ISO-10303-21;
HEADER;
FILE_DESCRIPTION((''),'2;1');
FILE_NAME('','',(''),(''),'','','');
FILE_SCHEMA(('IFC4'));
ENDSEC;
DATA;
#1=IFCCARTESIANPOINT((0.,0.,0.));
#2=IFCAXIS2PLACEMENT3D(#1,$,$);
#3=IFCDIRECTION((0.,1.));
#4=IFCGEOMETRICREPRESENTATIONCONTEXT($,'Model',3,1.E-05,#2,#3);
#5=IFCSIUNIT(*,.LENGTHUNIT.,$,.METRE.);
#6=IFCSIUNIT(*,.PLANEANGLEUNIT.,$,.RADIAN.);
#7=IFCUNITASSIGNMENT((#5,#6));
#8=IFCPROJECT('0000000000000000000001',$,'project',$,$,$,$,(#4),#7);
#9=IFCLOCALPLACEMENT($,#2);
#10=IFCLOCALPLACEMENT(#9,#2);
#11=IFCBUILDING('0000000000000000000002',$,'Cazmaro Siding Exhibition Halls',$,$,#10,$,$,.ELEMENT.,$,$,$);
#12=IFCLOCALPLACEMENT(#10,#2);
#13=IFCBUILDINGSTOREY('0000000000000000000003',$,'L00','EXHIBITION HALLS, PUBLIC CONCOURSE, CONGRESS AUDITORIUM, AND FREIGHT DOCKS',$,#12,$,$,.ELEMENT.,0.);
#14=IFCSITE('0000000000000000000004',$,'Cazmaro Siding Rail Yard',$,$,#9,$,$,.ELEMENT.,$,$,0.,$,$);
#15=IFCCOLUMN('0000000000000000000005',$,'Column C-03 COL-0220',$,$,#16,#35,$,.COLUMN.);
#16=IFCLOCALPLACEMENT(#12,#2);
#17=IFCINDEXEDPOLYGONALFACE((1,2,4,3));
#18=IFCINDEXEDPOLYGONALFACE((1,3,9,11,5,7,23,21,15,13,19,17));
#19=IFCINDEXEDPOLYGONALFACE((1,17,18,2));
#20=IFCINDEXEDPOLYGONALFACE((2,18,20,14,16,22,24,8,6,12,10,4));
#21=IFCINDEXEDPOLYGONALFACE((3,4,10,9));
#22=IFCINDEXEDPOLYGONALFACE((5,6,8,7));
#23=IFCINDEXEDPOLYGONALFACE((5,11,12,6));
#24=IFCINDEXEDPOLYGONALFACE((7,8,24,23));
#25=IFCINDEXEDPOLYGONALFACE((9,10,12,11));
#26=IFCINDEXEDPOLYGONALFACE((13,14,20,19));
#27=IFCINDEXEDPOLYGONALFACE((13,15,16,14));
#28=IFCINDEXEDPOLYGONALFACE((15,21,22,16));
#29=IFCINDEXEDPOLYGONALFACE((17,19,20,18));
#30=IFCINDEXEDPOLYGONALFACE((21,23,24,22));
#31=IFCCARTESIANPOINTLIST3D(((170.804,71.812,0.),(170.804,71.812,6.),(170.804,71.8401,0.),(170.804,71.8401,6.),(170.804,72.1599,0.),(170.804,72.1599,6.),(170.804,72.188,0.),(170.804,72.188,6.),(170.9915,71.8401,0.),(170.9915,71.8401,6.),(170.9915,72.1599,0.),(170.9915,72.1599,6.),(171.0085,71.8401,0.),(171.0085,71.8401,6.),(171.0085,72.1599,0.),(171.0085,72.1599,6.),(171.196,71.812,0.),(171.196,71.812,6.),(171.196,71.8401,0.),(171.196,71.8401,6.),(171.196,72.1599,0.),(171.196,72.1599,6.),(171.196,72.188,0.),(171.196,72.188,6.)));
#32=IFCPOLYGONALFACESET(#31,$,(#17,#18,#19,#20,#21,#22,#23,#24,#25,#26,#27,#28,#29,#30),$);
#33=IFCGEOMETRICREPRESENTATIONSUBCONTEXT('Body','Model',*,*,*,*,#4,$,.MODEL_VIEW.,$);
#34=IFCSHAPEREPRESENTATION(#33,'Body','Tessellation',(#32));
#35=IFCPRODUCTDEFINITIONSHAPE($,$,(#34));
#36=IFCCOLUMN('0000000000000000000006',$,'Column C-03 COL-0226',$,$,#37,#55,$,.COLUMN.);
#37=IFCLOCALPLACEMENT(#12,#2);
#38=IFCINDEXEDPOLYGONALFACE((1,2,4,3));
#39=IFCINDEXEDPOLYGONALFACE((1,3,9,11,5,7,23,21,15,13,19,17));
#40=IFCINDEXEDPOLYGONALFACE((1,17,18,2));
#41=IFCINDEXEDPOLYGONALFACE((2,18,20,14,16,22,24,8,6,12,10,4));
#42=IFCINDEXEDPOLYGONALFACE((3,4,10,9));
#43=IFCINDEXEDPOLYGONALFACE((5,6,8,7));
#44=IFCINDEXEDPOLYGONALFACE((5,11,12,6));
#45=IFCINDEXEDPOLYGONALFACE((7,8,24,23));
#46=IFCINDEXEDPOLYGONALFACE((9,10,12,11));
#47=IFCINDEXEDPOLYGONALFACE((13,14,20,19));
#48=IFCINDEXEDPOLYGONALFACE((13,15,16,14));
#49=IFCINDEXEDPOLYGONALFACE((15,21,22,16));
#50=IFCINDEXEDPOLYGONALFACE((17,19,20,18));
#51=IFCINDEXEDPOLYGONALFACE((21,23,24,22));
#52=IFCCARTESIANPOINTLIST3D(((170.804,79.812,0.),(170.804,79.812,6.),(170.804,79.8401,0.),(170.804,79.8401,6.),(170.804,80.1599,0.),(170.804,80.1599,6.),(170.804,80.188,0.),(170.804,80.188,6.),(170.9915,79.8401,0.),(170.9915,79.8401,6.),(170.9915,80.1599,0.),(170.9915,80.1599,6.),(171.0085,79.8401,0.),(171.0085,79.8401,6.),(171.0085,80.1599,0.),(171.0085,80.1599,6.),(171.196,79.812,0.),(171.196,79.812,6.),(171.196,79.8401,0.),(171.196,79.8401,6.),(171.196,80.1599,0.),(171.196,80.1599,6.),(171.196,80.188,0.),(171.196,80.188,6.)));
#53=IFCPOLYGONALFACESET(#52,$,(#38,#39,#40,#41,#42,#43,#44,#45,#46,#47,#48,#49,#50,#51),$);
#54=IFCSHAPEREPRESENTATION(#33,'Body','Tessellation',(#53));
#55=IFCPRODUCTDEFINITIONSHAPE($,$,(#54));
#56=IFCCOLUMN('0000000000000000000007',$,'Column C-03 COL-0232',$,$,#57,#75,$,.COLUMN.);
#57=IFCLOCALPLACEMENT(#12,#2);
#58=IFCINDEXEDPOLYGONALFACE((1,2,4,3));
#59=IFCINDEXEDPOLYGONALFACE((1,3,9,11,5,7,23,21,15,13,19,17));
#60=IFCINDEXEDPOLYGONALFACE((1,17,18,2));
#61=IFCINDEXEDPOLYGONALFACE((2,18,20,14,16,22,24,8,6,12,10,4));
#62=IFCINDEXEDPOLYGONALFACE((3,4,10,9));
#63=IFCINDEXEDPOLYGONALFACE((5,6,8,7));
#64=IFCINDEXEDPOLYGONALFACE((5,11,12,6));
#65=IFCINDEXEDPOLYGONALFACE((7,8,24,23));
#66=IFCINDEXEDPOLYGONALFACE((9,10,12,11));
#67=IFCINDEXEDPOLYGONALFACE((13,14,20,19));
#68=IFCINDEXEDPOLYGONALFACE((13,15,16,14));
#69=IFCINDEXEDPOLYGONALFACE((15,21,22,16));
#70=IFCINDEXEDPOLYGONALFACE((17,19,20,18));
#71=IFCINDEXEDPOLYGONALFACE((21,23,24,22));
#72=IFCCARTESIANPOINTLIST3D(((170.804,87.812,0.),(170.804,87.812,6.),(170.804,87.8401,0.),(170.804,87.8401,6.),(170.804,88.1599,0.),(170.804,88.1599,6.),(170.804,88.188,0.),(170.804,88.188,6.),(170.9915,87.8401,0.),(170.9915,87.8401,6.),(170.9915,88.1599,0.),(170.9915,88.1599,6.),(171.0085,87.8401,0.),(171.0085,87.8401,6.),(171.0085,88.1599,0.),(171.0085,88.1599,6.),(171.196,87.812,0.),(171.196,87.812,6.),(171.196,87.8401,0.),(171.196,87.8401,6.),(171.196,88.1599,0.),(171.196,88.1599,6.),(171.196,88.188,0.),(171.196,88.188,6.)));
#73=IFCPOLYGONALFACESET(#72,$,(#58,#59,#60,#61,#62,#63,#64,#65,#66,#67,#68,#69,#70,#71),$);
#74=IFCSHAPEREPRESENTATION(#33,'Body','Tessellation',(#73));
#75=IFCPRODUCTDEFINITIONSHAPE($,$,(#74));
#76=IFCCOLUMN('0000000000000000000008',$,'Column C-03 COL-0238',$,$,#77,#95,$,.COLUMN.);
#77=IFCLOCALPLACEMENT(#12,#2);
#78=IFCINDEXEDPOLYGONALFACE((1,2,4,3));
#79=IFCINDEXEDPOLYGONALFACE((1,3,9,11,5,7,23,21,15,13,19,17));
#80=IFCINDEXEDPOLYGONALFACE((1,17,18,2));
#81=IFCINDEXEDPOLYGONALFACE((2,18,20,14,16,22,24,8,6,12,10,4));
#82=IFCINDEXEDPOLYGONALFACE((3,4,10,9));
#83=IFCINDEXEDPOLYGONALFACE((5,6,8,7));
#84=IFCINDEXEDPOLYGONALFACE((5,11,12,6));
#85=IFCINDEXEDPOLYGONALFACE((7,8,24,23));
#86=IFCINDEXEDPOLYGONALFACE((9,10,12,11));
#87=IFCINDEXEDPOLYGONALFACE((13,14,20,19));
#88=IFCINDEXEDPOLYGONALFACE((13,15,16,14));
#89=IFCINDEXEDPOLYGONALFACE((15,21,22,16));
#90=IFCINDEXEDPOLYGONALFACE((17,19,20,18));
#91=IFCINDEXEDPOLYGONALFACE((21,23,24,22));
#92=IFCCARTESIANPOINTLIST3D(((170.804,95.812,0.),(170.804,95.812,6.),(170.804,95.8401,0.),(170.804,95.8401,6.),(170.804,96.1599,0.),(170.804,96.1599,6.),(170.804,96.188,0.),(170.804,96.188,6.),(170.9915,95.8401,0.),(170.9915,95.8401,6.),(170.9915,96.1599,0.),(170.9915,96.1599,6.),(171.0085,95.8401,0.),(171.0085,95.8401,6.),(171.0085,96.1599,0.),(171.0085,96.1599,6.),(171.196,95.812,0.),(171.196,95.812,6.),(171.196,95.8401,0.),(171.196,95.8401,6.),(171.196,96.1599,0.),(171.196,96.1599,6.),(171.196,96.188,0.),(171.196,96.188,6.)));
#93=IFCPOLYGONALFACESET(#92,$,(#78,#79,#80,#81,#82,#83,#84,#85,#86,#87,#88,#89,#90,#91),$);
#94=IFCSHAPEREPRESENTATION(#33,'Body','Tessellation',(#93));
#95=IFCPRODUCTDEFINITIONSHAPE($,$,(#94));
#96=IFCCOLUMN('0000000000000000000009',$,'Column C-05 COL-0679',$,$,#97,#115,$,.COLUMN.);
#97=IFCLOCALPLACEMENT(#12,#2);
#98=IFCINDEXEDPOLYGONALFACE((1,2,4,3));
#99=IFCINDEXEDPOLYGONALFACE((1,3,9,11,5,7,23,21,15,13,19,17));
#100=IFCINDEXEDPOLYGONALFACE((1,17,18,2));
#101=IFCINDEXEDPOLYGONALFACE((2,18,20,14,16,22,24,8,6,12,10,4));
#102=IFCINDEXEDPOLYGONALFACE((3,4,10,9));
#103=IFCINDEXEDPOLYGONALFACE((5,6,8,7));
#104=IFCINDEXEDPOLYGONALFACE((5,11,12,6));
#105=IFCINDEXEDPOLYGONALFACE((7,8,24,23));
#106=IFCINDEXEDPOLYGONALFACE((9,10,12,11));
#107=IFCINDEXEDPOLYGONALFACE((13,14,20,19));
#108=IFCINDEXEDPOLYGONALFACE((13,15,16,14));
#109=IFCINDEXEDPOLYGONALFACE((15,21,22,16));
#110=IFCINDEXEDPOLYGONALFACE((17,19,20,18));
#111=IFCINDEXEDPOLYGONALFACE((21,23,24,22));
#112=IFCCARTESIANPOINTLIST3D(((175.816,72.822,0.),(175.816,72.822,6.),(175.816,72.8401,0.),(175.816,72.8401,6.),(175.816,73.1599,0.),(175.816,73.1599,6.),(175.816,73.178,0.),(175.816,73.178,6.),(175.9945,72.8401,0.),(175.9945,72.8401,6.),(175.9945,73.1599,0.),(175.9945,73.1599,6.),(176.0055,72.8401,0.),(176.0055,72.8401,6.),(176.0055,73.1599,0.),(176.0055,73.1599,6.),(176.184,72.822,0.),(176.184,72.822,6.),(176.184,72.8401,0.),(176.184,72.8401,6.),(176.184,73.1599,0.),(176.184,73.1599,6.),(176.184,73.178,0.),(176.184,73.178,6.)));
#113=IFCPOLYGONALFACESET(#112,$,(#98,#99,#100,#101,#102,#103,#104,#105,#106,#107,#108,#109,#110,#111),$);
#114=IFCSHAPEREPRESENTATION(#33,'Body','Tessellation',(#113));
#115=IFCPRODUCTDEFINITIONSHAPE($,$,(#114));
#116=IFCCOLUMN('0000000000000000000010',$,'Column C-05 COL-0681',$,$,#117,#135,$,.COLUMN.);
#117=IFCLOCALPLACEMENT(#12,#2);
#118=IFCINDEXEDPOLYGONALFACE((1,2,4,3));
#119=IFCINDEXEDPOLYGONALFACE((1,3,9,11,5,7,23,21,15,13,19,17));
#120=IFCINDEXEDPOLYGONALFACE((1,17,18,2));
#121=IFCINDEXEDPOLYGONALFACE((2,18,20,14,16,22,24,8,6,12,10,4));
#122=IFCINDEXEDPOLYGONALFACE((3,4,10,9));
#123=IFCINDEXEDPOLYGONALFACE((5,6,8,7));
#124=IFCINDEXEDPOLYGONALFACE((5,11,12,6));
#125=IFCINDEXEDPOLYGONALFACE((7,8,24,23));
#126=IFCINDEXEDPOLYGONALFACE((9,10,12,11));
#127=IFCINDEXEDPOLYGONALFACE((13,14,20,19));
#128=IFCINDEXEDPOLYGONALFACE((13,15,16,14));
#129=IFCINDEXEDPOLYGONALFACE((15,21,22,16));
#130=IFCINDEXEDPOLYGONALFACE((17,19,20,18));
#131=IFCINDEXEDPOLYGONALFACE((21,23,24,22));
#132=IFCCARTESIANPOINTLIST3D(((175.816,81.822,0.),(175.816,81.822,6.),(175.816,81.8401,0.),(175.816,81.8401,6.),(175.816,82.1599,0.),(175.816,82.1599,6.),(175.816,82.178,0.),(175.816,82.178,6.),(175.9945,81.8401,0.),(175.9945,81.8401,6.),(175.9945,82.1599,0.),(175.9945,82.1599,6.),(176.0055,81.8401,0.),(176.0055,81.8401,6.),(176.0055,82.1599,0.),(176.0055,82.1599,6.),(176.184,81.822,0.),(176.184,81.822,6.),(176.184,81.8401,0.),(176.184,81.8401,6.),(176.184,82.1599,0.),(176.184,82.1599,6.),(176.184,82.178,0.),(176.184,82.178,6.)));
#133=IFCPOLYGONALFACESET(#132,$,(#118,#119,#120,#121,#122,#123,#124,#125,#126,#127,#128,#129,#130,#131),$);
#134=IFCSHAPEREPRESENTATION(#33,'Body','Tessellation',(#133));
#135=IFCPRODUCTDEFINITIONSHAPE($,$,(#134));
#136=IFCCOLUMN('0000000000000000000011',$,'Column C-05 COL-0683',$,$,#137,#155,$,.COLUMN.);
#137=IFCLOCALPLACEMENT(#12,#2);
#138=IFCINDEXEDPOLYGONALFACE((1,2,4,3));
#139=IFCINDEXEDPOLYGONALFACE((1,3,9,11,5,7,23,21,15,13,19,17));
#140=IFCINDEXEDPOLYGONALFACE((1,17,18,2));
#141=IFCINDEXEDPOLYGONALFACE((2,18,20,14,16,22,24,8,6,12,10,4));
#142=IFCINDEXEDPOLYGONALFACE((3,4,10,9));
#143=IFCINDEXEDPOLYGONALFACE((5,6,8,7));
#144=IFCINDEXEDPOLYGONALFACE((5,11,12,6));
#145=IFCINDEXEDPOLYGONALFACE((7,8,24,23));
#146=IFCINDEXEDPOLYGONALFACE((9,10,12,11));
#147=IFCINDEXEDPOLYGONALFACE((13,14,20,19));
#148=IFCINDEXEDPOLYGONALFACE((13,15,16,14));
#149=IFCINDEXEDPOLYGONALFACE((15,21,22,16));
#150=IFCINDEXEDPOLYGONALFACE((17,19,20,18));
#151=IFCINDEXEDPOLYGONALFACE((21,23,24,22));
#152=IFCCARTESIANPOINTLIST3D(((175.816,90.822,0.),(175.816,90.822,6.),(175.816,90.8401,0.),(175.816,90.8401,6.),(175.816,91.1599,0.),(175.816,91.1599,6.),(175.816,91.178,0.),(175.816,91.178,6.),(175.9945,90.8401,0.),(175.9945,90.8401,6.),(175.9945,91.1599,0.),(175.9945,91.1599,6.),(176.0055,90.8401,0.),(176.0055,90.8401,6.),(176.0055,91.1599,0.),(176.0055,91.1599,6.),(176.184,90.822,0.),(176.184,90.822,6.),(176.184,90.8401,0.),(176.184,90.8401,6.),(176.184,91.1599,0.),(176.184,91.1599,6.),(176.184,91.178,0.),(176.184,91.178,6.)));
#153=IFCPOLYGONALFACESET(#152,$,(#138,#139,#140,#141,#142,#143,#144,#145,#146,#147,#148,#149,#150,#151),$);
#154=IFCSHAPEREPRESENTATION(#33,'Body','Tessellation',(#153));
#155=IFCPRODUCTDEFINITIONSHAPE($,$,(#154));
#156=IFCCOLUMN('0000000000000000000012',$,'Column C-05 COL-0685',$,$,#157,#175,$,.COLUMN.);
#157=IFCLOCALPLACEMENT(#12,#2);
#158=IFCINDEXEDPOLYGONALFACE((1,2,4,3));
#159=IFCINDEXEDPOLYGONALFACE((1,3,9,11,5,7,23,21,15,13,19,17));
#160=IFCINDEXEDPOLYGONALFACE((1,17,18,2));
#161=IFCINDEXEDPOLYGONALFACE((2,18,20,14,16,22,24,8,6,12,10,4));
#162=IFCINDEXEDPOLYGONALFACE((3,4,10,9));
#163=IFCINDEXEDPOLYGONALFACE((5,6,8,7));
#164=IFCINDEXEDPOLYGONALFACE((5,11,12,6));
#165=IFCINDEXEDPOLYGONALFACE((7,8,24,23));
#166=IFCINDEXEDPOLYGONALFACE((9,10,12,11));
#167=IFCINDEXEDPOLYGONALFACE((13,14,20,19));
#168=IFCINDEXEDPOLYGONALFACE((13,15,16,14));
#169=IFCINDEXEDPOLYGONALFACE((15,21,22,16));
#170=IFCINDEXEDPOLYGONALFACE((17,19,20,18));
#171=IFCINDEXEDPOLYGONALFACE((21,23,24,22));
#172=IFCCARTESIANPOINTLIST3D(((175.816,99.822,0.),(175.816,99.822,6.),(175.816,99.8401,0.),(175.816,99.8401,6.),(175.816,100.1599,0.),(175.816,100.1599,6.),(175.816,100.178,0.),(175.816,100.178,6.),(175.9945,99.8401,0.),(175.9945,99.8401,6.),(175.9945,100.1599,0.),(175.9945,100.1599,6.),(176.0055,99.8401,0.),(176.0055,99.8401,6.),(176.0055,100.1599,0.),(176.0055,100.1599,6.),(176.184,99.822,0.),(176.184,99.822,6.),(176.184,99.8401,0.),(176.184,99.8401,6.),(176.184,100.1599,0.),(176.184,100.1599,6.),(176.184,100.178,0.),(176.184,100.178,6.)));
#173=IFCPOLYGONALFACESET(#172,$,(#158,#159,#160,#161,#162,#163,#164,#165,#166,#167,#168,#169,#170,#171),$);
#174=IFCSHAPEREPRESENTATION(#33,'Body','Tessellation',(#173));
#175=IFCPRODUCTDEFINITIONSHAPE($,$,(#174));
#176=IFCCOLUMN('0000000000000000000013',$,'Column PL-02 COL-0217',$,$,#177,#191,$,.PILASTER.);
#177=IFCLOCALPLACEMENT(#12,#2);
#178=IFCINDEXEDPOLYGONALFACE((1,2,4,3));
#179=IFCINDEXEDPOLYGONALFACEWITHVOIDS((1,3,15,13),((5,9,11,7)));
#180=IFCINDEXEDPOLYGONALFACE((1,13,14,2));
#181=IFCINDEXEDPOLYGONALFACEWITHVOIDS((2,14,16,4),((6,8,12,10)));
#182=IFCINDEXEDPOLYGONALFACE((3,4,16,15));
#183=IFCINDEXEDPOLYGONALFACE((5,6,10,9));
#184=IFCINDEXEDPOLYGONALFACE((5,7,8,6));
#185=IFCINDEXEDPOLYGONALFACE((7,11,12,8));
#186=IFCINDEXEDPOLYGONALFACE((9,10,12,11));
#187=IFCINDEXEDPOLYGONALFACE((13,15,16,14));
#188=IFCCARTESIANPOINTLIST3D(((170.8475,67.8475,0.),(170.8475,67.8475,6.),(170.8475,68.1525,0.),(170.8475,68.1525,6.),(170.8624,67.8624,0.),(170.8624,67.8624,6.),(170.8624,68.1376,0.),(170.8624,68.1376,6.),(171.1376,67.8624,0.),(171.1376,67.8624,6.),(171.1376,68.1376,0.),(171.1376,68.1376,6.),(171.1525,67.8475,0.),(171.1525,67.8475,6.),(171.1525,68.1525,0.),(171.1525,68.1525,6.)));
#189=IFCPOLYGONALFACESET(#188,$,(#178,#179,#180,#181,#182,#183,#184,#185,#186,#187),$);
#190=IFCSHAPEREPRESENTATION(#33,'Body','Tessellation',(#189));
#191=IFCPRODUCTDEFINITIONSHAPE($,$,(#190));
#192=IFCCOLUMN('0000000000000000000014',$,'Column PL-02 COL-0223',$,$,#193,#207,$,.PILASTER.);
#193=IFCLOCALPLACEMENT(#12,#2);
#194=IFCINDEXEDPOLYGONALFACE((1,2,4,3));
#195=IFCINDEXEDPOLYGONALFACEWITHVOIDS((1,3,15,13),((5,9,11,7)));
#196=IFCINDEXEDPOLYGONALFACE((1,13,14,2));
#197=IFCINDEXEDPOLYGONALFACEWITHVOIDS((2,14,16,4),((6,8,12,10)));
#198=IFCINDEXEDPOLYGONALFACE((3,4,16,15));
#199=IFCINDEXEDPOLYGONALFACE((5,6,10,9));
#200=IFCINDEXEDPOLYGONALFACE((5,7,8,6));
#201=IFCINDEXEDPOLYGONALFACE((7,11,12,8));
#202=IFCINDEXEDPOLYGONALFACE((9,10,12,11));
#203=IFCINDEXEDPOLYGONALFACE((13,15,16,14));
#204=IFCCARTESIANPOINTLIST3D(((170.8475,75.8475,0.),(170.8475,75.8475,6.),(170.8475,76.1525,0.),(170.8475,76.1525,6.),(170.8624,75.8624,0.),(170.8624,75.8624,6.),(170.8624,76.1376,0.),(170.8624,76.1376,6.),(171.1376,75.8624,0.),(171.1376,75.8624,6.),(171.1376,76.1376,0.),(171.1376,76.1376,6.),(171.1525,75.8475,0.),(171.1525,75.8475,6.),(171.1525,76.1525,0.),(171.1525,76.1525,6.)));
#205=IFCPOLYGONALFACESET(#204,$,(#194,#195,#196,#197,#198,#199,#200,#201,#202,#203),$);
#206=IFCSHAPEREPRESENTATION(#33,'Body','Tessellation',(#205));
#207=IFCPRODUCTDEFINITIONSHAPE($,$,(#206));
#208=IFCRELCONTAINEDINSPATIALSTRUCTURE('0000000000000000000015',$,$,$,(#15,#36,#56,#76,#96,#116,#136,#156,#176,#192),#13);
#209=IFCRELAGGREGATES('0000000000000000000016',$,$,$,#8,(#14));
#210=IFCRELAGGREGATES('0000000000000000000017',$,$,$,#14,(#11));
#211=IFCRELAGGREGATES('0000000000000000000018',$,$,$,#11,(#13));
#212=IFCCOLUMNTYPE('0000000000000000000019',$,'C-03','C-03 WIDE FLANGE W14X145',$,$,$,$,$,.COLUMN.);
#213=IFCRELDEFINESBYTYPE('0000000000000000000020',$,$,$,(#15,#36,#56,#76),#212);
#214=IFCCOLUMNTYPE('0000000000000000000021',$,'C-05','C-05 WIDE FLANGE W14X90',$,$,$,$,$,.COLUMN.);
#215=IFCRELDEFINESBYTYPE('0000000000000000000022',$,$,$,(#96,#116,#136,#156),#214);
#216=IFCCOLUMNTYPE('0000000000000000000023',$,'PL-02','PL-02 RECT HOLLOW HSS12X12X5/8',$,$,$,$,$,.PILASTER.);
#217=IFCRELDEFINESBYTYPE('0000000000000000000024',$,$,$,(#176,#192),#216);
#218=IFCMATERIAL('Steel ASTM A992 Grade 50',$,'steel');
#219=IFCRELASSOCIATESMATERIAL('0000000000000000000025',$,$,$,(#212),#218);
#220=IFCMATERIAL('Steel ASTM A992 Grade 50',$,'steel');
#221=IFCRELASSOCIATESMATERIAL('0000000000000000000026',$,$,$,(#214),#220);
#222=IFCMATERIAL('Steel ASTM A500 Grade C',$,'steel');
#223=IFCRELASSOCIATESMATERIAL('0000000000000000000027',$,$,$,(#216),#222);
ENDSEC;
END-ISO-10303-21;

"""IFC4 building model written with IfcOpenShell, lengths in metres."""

from ifc_helpers import new_model, si_unit, direction, frame, origin, origin_2d, place, context, subcontext, project, spatial, hollow_rectangle, i_section, extrude, material, material_profile, profile_set, type_object, element, save


model = new_model("IFC4")

# Units and contexts
model_context = context("Model", 3, precision=1e-05, world=origin(), true_north=direction((0.0, 1.0)))
body_context = subcontext(model_context, "Body", "Model", "MODEL_VIEW")
ifc_project = project(units=[si_unit("LENGTHUNIT", "METRE"), si_unit("PLANEANGLEUNIT", "RADIAN")], contexts=[model_context])

# Site, building, storey
site_placement = place(None, origin())
site = spatial("IfcSite", under=ifc_project, at=site_placement, Name="Cazmaro Siding Rail Yard", CompositionType="ELEMENT", RefElevation=0.0)
building_placement = place(site_placement, origin())
building = spatial("IfcBuilding", under=site, at=building_placement, Name="Cazmaro Siding Exhibition Halls", CompositionType="ELEMENT")
storey_placement = place(building_placement, origin())
storey = spatial("IfcBuildingStorey", under=building, at=storey_placement, Name="L00", Description="EXHIBITION HALLS, PUBLIC CONCOURSE, CONGRESS AUDITORIUM, AND FREIGHT DOCKS", CompositionType="ELEMENT", Elevation=0.0)

# Columns
ifc_material_1 = material(Name="Steel ASTM A992 Grade 50", Category="steel")
ifc_material_profile_1 = material_profile(ifc_material_1, i_section(OverallWidth=0.3921, OverallDepth=0.376, WebThickness=0.0171, FlangeThickness=0.0281, at=origin_2d()), Name="W14X145")
ifc_profile_set_1 = profile_set([ifc_material_profile_1], Name="Steel ASTM A992 Grade 50")
column_type_1 = type_object("IfcColumnType", Name="C-03", Description="C-03 WIDE FLANGE W14X145", PredefinedType="COLUMN", material=ifc_profile_set_1)
for number, where, z_axis, x_axis, name in (
    (1, (171.0, 72.0, 0.0), (0.0, 0.0, 1.0), (1.0, 0.0, 0.0), "Column C-03 COL-0220"),
    (2, (171.0, 80.0, 0.0), (0.0, 0.0, 1.0), (1.0, 0.0, 0.0), "Column C-03 COL-0226"),
    (3, (171.0, 88.0, 0.0), (0.0, 0.0, 1.0), (1.0, 0.0, 0.0), "Column C-03 COL-0232"),
    (4, (171.0, 96.0, 0.0), (0.0, 0.0, 1.0), (1.0, 0.0, 0.0), "Column C-03 COL-0238"),
):
    element("IfcColumn", number, at=place(storey_placement, frame(where, z_axis=z_axis, x_axis=x_axis)), inside=storey, type_object=column_type_1, Name=name, PredefinedType="COLUMN", context=body_context, shape_type="SweptSolid", body=[
        extrude(i_section(OverallWidth=0.3921, OverallDepth=0.376, WebThickness=0.0171, FlangeThickness=0.0281, at=origin_2d()), origin(), (0.0, 0.0, 1.0), 6.0),
    ])
ifc_material_2 = material(Name="Steel ASTM A992 Grade 50", Category="steel")
ifc_material_profile_2 = material_profile(ifc_material_2, i_section(OverallWidth=0.3679, OverallDepth=0.356, WebThickness=0.011, FlangeThickness=0.0181, at=origin_2d()), Name="W14X90")
ifc_profile_set_2 = profile_set([ifc_material_profile_2], Name="Steel ASTM A992 Grade 50")
column_type_2 = type_object("IfcColumnType", Name="C-05", Description="C-05 WIDE FLANGE W14X90", PredefinedType="COLUMN", material=ifc_profile_set_2)
for number, where, z_axis, x_axis, name in (
    (5, (176.0, 73.0, 0.0), (0.0, 0.0, 1.0), (1.0, 0.0, 0.0), "Column C-05 COL-0679"),
    (6, (176.0, 82.0, 0.0), (0.0, 0.0, 1.0), (1.0, 0.0, 0.0), "Column C-05 COL-0681"),
    (7, (176.0, 91.0, 0.0), (0.0, 0.0, 1.0), (1.0, 0.0, 0.0), "Column C-05 COL-0683"),
    (8, (176.0, 100.0, 0.0), (0.0, 0.0, 1.0), (1.0, 0.0, 0.0), "Column C-05 COL-0685"),
):
    element("IfcColumn", number, at=place(storey_placement, frame(where, z_axis=z_axis, x_axis=x_axis)), inside=storey, type_object=column_type_2, Name=name, PredefinedType="COLUMN", context=body_context, shape_type="SweptSolid", body=[
        extrude(i_section(OverallWidth=0.3679, OverallDepth=0.356, WebThickness=0.011, FlangeThickness=0.0181, at=origin_2d()), origin(), (0.0, 0.0, 1.0), 6.0),
    ])
ifc_material_3 = material(Name="Steel ASTM A500 Grade C", Category="steel")
ifc_material_profile_3 = material_profile(ifc_material_3, hollow_rectangle(XDim=0.3049, YDim=0.3049, WallThickness=0.0149, at=origin_2d()), Name="HSS12X12X5/8")
ifc_profile_set_3 = profile_set([ifc_material_profile_3], Name="Steel ASTM A500 Grade C")
column_type_3 = type_object("IfcColumnType", Name="PL-02", Description="PL-02 RECT HOLLOW HSS12X12X5/8", PredefinedType="PILASTER", material=ifc_profile_set_3)
for number, where, z_axis, x_axis, name in (
    (9, (171.0, 68.0, 0.0), (0.0, 0.0, 1.0), (1.0, 0.0, 0.0), "Column PL-02 COL-0217"),
    (10, (171.0, 76.0, 0.0), (0.0, 0.0, 1.0), (1.0, 0.0, 0.0), "Column PL-02 COL-0223"),
):
    element("IfcColumn", number, at=place(storey_placement, frame(where, z_axis=z_axis, x_axis=x_axis)), inside=storey, type_object=column_type_3, Name=name, PredefinedType="PILASTER", context=body_context, shape_type="SweptSolid", body=[
        extrude(hollow_rectangle(XDim=0.3049, YDim=0.3049, WallThickness=0.0149, at=origin_2d()), origin(), (0.0, 0.0, 1.0), 6.0),
    ])

save(model, "model.ifc")
